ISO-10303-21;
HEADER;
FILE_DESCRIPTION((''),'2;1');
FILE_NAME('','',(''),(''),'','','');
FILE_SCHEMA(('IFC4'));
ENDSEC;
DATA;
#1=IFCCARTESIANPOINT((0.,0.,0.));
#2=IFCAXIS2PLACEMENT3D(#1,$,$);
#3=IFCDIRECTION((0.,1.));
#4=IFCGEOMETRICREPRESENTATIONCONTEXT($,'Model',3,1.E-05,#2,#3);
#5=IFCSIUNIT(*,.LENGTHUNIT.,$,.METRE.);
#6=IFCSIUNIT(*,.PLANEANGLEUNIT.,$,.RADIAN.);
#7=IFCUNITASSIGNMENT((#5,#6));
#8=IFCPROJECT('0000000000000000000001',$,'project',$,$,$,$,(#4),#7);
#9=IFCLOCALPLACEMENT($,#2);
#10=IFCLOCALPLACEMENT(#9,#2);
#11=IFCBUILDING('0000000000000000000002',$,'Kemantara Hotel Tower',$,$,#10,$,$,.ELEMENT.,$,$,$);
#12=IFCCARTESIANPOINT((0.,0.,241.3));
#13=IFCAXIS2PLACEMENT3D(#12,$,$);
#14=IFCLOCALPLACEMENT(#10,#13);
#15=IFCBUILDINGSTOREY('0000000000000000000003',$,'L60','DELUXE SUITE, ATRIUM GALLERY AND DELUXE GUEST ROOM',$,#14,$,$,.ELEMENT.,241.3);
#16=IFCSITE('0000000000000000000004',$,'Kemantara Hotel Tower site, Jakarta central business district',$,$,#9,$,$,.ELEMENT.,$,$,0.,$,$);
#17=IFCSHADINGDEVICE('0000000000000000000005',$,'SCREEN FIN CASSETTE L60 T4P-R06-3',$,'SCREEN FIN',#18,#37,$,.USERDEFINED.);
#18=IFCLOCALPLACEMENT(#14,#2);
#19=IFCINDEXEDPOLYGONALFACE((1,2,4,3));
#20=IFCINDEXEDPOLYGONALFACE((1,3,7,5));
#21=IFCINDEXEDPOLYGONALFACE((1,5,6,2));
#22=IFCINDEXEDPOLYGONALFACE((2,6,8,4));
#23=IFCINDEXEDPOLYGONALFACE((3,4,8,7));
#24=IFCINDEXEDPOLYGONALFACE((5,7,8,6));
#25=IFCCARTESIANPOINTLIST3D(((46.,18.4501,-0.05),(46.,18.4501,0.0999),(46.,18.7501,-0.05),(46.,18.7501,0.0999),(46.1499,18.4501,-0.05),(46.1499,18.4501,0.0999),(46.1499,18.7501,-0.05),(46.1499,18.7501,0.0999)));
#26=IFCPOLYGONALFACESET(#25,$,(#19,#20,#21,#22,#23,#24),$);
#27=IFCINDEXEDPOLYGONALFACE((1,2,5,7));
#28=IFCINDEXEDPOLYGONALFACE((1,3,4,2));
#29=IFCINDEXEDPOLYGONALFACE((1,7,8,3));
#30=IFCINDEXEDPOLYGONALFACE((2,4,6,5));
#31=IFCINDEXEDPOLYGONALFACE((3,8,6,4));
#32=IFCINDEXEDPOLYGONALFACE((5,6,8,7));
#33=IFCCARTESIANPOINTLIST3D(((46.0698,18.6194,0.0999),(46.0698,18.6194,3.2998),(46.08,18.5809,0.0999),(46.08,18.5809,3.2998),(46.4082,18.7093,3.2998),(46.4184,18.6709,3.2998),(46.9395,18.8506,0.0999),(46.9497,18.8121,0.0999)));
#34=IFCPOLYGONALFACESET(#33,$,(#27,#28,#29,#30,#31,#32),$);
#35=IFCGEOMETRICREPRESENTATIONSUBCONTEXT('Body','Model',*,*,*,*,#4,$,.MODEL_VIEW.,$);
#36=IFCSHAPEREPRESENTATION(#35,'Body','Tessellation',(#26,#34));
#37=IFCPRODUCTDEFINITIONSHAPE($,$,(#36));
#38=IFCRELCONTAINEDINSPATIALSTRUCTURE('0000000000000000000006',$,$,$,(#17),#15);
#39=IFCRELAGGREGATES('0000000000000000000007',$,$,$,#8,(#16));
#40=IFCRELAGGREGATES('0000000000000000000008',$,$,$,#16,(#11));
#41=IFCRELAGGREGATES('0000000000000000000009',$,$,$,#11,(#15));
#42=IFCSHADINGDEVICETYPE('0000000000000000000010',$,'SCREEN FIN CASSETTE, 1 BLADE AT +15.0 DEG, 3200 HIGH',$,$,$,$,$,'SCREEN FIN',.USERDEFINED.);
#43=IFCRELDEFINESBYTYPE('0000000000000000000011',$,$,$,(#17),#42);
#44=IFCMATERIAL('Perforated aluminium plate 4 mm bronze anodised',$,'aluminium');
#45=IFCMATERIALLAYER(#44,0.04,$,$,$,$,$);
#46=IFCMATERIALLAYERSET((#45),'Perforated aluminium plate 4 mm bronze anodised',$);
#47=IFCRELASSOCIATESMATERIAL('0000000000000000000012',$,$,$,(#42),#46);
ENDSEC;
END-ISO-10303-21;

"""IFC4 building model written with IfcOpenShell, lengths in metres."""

from ifc_helpers import new_model, si_unit, direction, frame, origin, origin_2d, place, context, subcontext, project, spatial, polyline, rectangle, outline, extrude, source, transform, mapped, material, layer, layer_set, type_object, element, save


model = new_model("IFC4")

# Units and contexts
model_context = context("Model", 3, precision=1e-05, world=origin(), true_north=direction((0.0, 1.0)))
body_context = subcontext(model_context, "Body", "Model", "MODEL_VIEW")
ifc_project = project(units=[si_unit("LENGTHUNIT", "METRE"), si_unit("PLANEANGLEUNIT", "RADIAN")], contexts=[model_context])

# Site, building, storey
site_placement = place(None, origin())
site = spatial("IfcSite", under=ifc_project, at=site_placement, Name="Kemantara Hotel Tower site, Jakarta central business district", CompositionType="ELEMENT", RefElevation=0.0)
building_placement = place(site_placement, origin())
building = spatial("IfcBuilding", under=site, at=building_placement, Name="Kemantara Hotel Tower", CompositionType="ELEMENT")
storey_placement = place(building_placement, frame((0.0, 0.0, 241.3)))
storey = spatial("IfcBuildingStorey", under=building, at=storey_placement, Name="L60", Description="DELUXE SUITE, ATRIUM GALLERY AND DELUXE GUEST ROOM", CompositionType="ELEMENT", Elevation=241.3)

# Shading device
ifc_material_1 = material(Name="Perforated aluminium plate 4 mm bronze anodised", Category="aluminium")
ifc_layer_1 = layer(ifc_material_1, 0.04)
ifc_layer_set_1 = layer_set([ifc_layer_1], Name="Perforated aluminium plate 4 mm bronze anodised")
shading_device_type_1 = type_object("IfcShadingDeviceType", Name="SCREEN FIN CASSETTE, 1 BLADE AT +15.0 DEG, 3200 HIGH", ElementType="SCREEN FIN", PredefinedType="USERDEFINED", material=ifc_layer_set_1)
shared_shape_1 = source(origin(), body_context, "Body", "SweptSolid", [
    extrude(rectangle(XDim=0.3, YDim=0.1499, at=origin_2d()), frame((0.0, -0.075, -0.1499), z_axis=(0.0, 0.0, 1.0), x_axis=(1.0, 0.0, 0.0)), (0.0, 0.0, 1.0), 0.1499),
    extrude(outline(polyline([(0.0, 0.0), (0.8999, 0.0), (0.3501, 3.2), (0.0, 3.2), (0.0, 0.0)])), frame((0.0193, -0.0698, 0.0), z_axis=(-0.966438, -0.256901, 0.0), x_axis=(0.256901, -0.966438, 0.0)), (0.0, 0.0, 1.0), 0.0398),
])
shading_device_1_placement = place(storey_placement, frame((46.0, 18.6001, 0.0999), z_axis=(0.0, 0.0, 1.0), x_axis=(0.0, 1.0, 0.0)))
element("IfcShadingDevice", 1, at=shading_device_1_placement, inside=storey, type_object=shading_device_type_1, Name="SCREEN FIN CASSETTE L60 T4P-R06-3", ObjectType="SCREEN FIN", PredefinedType="USERDEFINED", context=body_context, shape_type="MappedRepresentation", body=[
    mapped(shared_shape_1, transform((0.0, 0.0, 0.0))),
])

save(model, "model.ifc")
